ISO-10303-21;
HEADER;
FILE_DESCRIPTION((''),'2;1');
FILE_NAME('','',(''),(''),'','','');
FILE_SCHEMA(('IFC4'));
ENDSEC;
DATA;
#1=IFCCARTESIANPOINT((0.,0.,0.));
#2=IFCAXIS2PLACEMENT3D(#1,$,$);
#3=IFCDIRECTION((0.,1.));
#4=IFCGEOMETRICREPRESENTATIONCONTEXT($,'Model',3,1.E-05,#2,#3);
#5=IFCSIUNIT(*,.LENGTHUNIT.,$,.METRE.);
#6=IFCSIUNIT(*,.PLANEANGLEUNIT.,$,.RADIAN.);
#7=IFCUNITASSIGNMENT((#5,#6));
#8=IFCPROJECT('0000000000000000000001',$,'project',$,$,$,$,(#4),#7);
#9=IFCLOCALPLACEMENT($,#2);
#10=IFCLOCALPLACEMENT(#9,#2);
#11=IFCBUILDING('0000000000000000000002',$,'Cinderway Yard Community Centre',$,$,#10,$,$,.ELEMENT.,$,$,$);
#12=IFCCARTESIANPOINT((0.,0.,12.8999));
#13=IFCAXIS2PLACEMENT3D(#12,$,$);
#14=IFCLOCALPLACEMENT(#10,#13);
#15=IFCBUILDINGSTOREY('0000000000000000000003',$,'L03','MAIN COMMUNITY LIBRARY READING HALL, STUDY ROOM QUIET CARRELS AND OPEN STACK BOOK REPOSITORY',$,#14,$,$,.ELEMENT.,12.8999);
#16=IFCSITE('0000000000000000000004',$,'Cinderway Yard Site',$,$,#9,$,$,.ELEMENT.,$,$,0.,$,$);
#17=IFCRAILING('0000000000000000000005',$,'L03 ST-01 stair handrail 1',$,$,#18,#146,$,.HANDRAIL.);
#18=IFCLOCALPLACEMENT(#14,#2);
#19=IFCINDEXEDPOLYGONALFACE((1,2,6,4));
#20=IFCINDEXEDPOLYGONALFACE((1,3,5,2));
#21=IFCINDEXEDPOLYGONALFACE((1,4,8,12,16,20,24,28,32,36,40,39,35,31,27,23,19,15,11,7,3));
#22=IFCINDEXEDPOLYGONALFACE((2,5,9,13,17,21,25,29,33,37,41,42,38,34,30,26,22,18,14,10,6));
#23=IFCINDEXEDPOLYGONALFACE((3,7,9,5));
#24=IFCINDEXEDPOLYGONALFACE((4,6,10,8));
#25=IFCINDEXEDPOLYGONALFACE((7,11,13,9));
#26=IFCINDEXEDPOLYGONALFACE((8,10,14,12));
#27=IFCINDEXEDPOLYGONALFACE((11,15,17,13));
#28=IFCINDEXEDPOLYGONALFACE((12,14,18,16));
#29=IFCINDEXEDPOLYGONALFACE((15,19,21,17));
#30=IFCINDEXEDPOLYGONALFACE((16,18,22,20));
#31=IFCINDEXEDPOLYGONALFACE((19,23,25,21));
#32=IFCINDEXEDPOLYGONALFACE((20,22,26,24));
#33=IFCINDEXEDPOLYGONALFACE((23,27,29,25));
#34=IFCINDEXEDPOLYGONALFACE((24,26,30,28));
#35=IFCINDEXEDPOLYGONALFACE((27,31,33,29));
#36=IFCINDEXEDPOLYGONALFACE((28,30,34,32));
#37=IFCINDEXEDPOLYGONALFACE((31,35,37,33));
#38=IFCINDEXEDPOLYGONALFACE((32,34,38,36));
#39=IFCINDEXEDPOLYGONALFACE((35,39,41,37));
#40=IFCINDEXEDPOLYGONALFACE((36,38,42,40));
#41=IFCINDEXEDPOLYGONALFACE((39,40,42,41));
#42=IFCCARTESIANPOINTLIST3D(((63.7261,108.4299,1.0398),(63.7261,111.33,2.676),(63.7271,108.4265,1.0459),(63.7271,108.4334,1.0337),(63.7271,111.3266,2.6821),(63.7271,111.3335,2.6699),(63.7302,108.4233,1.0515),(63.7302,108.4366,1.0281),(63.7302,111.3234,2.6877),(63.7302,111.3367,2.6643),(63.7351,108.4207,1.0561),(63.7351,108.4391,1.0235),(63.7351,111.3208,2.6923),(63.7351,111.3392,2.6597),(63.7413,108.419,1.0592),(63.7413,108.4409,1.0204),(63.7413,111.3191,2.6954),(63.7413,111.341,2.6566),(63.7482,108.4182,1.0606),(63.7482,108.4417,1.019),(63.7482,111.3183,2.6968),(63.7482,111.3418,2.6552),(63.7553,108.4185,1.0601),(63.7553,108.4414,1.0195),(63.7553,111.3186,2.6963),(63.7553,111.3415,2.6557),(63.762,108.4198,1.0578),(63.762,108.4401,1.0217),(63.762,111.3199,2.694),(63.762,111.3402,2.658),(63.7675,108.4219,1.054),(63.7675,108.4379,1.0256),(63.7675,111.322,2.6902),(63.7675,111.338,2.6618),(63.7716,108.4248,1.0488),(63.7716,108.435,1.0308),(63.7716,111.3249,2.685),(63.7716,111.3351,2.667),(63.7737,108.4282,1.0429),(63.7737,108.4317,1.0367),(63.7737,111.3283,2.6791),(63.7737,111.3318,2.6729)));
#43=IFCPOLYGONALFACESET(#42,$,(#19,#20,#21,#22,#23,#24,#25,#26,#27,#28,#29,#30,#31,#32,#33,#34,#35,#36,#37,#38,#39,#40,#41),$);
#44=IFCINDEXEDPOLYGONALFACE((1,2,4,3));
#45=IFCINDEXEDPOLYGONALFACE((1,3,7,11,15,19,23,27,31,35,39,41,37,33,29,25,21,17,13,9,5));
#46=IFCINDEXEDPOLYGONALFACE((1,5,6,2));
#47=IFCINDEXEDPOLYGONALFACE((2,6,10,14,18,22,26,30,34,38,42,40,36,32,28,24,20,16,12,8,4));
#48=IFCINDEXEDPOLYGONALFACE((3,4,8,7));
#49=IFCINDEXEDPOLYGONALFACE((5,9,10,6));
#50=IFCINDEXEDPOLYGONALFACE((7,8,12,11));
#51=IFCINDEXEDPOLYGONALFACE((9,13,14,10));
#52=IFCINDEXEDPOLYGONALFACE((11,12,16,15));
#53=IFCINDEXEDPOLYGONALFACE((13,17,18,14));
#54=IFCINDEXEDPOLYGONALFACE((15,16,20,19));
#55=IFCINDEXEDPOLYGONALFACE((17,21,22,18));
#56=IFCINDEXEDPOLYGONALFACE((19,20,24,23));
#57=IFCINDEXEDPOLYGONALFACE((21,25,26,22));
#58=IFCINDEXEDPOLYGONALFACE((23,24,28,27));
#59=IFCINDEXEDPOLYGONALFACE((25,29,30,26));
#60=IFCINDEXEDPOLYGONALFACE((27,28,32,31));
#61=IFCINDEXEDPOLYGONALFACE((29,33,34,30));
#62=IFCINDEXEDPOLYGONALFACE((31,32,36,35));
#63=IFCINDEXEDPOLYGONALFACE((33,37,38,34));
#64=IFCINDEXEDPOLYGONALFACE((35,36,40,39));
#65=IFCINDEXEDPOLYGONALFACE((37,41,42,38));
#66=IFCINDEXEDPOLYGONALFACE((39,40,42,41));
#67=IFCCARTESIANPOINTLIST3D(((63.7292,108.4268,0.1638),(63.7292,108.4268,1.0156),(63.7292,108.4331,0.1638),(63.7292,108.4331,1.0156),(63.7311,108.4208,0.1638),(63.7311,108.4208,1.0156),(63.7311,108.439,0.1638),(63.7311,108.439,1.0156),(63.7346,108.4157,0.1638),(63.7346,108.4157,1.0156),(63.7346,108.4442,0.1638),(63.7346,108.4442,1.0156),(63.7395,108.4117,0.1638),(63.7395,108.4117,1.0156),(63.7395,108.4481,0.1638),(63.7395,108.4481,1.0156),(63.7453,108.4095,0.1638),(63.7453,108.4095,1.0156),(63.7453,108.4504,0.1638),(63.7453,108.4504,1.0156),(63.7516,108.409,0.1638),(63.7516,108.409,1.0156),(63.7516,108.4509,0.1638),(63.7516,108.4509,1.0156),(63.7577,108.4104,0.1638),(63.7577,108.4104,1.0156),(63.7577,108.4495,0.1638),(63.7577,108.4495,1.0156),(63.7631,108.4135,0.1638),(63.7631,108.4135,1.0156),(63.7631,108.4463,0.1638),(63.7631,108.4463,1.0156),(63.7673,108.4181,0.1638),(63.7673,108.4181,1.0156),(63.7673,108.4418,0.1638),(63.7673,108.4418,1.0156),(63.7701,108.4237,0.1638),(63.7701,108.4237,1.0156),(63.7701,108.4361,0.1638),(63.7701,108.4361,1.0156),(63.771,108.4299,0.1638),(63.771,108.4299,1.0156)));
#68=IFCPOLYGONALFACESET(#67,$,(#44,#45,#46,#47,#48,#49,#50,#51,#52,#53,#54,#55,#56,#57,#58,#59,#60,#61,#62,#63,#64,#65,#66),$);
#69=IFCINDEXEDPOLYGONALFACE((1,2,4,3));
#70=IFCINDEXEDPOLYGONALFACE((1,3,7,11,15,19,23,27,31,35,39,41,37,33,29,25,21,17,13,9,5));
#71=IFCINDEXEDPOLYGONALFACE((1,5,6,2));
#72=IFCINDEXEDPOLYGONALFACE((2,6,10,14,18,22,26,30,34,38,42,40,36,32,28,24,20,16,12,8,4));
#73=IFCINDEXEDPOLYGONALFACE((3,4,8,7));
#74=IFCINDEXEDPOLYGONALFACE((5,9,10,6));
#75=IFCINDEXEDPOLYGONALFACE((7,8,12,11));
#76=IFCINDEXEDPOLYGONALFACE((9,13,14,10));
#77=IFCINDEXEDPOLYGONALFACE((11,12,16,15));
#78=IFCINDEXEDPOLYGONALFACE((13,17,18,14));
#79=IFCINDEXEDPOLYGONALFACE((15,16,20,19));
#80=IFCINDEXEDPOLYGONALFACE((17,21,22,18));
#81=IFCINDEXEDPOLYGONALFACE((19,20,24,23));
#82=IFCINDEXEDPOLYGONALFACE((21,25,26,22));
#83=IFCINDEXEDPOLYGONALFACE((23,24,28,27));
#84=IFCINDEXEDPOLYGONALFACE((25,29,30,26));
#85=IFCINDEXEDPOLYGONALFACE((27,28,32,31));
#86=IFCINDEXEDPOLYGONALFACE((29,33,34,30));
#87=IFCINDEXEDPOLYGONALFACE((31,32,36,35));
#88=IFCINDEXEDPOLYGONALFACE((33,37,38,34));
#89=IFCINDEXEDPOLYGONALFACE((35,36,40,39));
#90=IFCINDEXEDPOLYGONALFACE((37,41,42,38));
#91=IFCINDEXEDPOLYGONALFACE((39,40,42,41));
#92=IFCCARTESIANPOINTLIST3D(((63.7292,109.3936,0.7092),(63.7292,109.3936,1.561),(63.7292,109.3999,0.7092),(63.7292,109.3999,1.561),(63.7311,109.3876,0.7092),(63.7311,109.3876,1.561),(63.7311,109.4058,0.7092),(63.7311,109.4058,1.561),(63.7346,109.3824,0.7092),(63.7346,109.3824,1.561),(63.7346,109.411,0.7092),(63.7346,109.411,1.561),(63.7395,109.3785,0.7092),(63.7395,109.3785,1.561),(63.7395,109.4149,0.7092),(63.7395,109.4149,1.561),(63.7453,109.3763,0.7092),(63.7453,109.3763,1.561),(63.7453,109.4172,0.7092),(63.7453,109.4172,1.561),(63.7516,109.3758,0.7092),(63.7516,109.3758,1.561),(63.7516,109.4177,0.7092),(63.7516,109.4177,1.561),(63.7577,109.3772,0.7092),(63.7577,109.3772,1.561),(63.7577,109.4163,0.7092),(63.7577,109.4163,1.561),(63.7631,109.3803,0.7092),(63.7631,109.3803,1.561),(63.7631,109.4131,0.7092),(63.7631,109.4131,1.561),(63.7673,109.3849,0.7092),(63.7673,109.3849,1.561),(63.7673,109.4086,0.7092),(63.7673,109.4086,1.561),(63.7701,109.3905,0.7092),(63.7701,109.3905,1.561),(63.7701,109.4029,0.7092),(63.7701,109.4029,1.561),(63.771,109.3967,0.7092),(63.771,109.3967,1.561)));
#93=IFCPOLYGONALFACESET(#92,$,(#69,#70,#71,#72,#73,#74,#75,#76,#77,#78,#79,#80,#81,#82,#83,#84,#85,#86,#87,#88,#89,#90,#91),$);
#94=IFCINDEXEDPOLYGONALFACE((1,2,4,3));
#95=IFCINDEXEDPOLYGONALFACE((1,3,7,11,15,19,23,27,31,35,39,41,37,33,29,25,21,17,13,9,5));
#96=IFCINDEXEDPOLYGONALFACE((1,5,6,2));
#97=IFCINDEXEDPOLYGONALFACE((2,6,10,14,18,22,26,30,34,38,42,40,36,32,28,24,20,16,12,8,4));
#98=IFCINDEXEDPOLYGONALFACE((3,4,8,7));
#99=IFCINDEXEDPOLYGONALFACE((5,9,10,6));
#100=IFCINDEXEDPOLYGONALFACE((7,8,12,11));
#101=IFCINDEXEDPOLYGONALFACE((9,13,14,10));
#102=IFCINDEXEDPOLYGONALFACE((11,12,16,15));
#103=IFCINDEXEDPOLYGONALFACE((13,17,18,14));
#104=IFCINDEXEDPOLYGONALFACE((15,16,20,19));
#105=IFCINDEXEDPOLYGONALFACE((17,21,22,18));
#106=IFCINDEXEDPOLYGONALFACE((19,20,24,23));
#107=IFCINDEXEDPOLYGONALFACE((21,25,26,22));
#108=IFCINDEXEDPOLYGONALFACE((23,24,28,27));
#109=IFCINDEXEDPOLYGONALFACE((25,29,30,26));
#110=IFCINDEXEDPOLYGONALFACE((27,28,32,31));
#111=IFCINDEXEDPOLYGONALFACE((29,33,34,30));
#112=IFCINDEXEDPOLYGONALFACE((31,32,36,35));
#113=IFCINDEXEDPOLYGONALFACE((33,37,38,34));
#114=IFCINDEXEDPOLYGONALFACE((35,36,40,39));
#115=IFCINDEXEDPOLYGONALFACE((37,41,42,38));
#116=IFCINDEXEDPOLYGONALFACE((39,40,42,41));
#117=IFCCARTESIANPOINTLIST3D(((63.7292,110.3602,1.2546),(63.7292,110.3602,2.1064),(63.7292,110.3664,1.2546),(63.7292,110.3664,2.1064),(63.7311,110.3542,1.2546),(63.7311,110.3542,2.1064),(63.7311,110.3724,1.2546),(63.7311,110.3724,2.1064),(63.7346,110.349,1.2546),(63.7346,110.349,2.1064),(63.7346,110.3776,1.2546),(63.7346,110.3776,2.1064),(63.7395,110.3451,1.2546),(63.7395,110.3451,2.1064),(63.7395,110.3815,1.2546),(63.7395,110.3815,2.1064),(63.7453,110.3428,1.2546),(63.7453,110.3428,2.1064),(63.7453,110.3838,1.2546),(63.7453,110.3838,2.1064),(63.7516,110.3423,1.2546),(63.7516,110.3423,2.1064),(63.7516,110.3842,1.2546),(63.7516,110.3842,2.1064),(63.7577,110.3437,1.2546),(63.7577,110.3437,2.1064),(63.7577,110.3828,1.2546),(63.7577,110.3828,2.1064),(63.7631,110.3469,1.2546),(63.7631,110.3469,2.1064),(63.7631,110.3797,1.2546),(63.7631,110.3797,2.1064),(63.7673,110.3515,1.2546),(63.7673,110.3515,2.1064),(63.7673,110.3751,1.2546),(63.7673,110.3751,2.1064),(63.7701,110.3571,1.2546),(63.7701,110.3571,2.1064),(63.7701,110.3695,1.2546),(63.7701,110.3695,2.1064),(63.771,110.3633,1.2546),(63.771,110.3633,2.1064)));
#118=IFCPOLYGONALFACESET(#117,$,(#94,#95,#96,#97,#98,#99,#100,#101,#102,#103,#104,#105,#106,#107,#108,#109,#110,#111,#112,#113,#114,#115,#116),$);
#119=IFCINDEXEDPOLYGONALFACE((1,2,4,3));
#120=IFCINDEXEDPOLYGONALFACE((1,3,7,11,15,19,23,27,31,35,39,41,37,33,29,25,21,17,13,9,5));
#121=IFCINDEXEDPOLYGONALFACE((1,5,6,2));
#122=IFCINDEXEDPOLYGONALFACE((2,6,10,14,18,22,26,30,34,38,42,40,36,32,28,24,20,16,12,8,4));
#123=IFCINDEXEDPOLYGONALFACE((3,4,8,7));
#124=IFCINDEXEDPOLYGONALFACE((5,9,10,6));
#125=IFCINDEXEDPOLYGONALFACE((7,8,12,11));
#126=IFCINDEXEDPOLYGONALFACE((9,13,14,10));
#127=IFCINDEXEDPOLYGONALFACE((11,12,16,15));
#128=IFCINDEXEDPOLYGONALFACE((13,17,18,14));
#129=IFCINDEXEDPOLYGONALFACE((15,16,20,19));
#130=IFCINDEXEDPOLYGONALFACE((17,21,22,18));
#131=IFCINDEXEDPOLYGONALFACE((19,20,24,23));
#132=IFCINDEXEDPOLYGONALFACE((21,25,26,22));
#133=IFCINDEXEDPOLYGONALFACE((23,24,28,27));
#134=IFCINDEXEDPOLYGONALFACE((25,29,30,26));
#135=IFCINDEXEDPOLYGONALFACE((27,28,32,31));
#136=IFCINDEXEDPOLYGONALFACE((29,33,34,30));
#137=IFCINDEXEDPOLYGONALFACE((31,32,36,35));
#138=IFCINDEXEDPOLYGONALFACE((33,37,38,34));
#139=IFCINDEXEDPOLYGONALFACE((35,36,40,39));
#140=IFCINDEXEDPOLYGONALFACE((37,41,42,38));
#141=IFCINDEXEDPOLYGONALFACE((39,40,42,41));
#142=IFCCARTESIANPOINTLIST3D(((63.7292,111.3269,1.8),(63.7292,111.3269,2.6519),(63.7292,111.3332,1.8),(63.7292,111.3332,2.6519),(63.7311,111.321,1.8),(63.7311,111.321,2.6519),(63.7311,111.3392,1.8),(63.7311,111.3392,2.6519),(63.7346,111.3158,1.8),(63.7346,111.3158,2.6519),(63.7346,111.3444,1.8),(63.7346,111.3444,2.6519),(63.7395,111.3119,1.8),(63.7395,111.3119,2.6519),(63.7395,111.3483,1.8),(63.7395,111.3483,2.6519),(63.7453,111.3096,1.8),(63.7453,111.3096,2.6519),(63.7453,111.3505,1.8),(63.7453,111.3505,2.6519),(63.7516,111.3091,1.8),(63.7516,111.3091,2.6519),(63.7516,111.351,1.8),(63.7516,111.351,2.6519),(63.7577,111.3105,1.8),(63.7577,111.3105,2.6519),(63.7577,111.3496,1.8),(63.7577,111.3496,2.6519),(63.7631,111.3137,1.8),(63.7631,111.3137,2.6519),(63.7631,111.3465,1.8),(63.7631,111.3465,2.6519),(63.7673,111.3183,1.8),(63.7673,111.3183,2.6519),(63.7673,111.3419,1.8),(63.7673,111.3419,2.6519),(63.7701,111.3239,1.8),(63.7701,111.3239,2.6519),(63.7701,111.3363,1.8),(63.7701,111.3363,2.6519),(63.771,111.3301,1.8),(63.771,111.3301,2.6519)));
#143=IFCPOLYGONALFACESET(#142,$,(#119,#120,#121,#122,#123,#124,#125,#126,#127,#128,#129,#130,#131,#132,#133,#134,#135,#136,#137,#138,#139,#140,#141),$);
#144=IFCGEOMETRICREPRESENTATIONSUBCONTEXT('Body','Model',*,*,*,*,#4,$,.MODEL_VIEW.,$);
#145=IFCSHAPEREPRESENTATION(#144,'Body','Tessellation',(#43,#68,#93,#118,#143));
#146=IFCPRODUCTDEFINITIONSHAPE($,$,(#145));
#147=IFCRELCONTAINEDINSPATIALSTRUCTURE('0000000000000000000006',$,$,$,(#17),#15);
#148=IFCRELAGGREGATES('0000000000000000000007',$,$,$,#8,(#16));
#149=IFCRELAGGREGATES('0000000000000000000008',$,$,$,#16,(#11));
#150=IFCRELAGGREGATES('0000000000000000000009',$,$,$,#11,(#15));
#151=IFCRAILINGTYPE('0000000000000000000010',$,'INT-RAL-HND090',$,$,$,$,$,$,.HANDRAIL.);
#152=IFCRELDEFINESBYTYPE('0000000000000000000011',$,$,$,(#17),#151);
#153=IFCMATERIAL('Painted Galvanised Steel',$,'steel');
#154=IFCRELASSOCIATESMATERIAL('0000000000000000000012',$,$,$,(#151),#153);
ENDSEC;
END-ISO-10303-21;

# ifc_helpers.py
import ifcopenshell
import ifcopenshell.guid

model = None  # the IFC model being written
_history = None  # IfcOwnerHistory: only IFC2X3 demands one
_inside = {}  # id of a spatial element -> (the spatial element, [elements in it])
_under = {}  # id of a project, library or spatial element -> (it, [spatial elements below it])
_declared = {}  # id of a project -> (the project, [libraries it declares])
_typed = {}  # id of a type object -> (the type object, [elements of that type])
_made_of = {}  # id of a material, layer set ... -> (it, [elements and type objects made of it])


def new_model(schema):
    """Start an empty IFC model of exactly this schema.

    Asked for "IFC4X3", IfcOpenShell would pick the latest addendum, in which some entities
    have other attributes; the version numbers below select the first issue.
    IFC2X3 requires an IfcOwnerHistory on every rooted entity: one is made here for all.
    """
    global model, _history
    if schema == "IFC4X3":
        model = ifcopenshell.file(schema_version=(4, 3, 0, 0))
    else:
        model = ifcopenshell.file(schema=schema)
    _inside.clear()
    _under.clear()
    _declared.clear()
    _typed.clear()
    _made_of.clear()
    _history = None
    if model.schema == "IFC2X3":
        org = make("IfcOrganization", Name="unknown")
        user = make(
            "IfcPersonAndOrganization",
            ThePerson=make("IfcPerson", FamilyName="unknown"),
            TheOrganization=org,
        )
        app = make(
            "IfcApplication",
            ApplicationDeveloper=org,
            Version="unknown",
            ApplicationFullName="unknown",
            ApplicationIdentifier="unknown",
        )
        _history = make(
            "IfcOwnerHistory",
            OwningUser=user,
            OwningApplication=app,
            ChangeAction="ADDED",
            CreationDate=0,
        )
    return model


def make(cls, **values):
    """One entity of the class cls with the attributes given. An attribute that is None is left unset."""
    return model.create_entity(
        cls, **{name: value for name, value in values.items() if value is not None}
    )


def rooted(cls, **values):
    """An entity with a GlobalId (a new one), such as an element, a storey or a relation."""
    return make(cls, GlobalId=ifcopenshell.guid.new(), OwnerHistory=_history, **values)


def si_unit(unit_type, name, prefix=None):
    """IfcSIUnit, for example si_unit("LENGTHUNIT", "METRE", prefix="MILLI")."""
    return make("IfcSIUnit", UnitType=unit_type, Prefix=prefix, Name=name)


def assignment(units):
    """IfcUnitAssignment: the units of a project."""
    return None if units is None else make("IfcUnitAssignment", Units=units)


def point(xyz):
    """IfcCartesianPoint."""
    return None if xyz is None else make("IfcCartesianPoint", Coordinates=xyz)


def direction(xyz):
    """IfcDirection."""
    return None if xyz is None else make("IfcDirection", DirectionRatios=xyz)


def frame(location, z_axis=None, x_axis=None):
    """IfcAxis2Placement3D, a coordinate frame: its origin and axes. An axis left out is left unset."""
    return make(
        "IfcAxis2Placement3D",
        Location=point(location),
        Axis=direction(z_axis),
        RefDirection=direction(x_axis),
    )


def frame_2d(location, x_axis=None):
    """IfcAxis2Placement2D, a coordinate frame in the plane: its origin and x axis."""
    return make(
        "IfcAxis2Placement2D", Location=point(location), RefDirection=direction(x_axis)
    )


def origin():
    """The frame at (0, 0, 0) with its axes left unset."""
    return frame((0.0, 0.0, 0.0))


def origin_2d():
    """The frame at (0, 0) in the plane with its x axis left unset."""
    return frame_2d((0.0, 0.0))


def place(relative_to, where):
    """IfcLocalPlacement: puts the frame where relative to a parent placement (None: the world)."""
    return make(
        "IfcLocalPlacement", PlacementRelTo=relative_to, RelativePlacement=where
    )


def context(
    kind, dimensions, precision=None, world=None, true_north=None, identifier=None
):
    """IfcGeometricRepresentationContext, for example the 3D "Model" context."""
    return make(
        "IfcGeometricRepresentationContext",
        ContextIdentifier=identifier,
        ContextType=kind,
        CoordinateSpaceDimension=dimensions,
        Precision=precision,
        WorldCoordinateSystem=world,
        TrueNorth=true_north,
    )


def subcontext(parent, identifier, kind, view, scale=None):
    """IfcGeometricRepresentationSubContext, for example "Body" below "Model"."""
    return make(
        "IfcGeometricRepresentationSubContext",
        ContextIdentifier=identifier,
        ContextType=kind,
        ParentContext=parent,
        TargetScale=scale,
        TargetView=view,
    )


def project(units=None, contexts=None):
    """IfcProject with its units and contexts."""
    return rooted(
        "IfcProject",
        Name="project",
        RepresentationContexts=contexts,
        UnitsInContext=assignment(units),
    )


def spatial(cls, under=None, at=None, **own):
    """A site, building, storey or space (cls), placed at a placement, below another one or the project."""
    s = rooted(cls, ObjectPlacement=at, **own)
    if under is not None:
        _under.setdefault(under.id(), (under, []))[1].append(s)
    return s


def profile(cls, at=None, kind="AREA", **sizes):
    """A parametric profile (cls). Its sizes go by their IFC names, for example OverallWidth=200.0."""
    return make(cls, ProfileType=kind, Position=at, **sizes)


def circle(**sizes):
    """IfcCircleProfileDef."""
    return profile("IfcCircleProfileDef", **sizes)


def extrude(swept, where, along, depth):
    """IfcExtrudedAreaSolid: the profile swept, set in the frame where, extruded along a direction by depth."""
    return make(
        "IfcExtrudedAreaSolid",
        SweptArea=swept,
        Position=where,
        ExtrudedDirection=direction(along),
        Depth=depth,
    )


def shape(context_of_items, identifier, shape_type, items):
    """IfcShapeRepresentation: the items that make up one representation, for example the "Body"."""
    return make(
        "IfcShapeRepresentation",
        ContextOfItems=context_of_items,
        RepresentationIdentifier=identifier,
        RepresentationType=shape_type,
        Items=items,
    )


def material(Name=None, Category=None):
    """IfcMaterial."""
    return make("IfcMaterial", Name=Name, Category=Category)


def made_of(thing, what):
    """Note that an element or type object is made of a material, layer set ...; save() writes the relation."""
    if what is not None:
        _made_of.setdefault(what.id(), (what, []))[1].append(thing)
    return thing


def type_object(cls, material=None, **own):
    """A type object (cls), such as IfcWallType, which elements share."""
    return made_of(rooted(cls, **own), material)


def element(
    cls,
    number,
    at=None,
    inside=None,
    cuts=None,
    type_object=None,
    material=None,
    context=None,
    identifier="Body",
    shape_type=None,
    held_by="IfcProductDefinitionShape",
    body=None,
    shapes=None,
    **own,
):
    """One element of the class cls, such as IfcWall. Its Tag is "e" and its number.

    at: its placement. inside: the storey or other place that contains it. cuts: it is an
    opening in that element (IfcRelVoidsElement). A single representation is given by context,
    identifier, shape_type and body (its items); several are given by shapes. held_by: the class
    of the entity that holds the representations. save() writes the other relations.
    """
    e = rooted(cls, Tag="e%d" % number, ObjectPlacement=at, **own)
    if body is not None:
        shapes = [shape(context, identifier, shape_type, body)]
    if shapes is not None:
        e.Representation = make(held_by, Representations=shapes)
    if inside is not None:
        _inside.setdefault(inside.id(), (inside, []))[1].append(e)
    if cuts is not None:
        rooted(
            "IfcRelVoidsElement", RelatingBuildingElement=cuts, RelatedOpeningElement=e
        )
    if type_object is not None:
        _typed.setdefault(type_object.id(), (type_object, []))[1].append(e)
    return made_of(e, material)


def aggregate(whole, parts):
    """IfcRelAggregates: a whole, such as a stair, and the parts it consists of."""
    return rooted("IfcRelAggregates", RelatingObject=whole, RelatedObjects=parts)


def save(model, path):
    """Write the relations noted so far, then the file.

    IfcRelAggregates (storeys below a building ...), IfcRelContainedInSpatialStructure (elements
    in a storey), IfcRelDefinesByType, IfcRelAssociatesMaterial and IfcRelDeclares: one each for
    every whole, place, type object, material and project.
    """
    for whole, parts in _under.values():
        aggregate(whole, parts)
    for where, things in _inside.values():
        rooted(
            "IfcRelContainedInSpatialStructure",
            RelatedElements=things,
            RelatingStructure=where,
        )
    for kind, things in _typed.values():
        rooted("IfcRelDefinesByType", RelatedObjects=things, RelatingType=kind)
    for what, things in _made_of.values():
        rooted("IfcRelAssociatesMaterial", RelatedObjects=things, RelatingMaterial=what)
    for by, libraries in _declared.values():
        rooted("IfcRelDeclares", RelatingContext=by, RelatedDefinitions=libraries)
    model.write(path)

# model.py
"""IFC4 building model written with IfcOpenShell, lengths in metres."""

from ifc_helpers import new_model, si_unit, direction, frame, origin, origin_2d, place, context, subcontext, project, spatial, circle, extrude, material, type_object, element, save


model = new_model("IFC4")

# Units and contexts
model_context = context("Model", 3, precision=1e-05, world=origin(), true_north=direction((0.0, 1.0)))
body_context = subcontext(model_context, "Body", "Model", "MODEL_VIEW")
ifc_project = project(units=[si_unit("LENGTHUNIT", "METRE"), si_unit("PLANEANGLEUNIT", "RADIAN")], contexts=[model_context])

# Site, building, storey
site_placement = place(None, origin())
site = spatial("IfcSite", under=ifc_project, at=site_placement, Name="Cinderway Yard Site", CompositionType="ELEMENT", RefElevation=0.0)
building_placement = place(site_placement, origin())
building = spatial("IfcBuilding", under=site, at=building_placement, Name="Cinderway Yard Community Centre", CompositionType="ELEMENT")
storey_placement = place(building_placement, frame((0.0, 0.0, 12.8999)))
storey = spatial("IfcBuildingStorey", under=building, at=storey_placement, Name="L03", Description="MAIN COMMUNITY LIBRARY READING HALL, STUDY ROOM QUIET CARRELS AND OPEN STACK BOOK REPOSITORY", CompositionType="ELEMENT", Elevation=12.8999)

# Shared definitions
ifc_material_1 = material(Name="Painted Galvanised Steel", Category="steel")

# Railing
railing_type_1 = type_object("IfcRailingType", Name="INT-RAL-HND090", PredefinedType="HANDRAIL", material=ifc_material_1)
railing_1_placement = place(storey_placement, frame((63.75, 108.4299, 0.1638)))
element("IfcRailing", 1, at=railing_1_placement, inside=storey, type_object=railing_type_1, Name="L03 ST-01 stair handrail 1", PredefinedType="HANDRAIL", context=body_context, shape_type="SweptSolid", body=[
    extrude(circle(Radius=0.0239, at=origin_2d()), frame((0.0, 0.0, 0.876), z_axis=(0.0, 0.870946, 0.491378), x_axis=(-1.0, 0.0, 0.0)), (0.0, 0.0, 1.0), 3.3298),
    extrude(circle(Radius=0.021, at=origin_2d()), origin(), (0.0, 0.0, 1.0), 0.8518),
    extrude(circle(Radius=0.021, at=origin_2d()), frame((0.0, 0.9668, 0.5454)), (0.0, 0.0, 1.0), 0.8518),
    extrude(circle(Radius=0.021, at=origin_2d()), frame((0.0, 1.9333, 1.0908)), (0.0, 0.0, 1.0), 0.8518),
    extrude(circle(Radius=0.021, at=origin_2d()), frame((0.0, 2.9001, 1.6362)), (0.0, 0.0, 1.0), 0.8518),
])

save(model, "model.ifc")
